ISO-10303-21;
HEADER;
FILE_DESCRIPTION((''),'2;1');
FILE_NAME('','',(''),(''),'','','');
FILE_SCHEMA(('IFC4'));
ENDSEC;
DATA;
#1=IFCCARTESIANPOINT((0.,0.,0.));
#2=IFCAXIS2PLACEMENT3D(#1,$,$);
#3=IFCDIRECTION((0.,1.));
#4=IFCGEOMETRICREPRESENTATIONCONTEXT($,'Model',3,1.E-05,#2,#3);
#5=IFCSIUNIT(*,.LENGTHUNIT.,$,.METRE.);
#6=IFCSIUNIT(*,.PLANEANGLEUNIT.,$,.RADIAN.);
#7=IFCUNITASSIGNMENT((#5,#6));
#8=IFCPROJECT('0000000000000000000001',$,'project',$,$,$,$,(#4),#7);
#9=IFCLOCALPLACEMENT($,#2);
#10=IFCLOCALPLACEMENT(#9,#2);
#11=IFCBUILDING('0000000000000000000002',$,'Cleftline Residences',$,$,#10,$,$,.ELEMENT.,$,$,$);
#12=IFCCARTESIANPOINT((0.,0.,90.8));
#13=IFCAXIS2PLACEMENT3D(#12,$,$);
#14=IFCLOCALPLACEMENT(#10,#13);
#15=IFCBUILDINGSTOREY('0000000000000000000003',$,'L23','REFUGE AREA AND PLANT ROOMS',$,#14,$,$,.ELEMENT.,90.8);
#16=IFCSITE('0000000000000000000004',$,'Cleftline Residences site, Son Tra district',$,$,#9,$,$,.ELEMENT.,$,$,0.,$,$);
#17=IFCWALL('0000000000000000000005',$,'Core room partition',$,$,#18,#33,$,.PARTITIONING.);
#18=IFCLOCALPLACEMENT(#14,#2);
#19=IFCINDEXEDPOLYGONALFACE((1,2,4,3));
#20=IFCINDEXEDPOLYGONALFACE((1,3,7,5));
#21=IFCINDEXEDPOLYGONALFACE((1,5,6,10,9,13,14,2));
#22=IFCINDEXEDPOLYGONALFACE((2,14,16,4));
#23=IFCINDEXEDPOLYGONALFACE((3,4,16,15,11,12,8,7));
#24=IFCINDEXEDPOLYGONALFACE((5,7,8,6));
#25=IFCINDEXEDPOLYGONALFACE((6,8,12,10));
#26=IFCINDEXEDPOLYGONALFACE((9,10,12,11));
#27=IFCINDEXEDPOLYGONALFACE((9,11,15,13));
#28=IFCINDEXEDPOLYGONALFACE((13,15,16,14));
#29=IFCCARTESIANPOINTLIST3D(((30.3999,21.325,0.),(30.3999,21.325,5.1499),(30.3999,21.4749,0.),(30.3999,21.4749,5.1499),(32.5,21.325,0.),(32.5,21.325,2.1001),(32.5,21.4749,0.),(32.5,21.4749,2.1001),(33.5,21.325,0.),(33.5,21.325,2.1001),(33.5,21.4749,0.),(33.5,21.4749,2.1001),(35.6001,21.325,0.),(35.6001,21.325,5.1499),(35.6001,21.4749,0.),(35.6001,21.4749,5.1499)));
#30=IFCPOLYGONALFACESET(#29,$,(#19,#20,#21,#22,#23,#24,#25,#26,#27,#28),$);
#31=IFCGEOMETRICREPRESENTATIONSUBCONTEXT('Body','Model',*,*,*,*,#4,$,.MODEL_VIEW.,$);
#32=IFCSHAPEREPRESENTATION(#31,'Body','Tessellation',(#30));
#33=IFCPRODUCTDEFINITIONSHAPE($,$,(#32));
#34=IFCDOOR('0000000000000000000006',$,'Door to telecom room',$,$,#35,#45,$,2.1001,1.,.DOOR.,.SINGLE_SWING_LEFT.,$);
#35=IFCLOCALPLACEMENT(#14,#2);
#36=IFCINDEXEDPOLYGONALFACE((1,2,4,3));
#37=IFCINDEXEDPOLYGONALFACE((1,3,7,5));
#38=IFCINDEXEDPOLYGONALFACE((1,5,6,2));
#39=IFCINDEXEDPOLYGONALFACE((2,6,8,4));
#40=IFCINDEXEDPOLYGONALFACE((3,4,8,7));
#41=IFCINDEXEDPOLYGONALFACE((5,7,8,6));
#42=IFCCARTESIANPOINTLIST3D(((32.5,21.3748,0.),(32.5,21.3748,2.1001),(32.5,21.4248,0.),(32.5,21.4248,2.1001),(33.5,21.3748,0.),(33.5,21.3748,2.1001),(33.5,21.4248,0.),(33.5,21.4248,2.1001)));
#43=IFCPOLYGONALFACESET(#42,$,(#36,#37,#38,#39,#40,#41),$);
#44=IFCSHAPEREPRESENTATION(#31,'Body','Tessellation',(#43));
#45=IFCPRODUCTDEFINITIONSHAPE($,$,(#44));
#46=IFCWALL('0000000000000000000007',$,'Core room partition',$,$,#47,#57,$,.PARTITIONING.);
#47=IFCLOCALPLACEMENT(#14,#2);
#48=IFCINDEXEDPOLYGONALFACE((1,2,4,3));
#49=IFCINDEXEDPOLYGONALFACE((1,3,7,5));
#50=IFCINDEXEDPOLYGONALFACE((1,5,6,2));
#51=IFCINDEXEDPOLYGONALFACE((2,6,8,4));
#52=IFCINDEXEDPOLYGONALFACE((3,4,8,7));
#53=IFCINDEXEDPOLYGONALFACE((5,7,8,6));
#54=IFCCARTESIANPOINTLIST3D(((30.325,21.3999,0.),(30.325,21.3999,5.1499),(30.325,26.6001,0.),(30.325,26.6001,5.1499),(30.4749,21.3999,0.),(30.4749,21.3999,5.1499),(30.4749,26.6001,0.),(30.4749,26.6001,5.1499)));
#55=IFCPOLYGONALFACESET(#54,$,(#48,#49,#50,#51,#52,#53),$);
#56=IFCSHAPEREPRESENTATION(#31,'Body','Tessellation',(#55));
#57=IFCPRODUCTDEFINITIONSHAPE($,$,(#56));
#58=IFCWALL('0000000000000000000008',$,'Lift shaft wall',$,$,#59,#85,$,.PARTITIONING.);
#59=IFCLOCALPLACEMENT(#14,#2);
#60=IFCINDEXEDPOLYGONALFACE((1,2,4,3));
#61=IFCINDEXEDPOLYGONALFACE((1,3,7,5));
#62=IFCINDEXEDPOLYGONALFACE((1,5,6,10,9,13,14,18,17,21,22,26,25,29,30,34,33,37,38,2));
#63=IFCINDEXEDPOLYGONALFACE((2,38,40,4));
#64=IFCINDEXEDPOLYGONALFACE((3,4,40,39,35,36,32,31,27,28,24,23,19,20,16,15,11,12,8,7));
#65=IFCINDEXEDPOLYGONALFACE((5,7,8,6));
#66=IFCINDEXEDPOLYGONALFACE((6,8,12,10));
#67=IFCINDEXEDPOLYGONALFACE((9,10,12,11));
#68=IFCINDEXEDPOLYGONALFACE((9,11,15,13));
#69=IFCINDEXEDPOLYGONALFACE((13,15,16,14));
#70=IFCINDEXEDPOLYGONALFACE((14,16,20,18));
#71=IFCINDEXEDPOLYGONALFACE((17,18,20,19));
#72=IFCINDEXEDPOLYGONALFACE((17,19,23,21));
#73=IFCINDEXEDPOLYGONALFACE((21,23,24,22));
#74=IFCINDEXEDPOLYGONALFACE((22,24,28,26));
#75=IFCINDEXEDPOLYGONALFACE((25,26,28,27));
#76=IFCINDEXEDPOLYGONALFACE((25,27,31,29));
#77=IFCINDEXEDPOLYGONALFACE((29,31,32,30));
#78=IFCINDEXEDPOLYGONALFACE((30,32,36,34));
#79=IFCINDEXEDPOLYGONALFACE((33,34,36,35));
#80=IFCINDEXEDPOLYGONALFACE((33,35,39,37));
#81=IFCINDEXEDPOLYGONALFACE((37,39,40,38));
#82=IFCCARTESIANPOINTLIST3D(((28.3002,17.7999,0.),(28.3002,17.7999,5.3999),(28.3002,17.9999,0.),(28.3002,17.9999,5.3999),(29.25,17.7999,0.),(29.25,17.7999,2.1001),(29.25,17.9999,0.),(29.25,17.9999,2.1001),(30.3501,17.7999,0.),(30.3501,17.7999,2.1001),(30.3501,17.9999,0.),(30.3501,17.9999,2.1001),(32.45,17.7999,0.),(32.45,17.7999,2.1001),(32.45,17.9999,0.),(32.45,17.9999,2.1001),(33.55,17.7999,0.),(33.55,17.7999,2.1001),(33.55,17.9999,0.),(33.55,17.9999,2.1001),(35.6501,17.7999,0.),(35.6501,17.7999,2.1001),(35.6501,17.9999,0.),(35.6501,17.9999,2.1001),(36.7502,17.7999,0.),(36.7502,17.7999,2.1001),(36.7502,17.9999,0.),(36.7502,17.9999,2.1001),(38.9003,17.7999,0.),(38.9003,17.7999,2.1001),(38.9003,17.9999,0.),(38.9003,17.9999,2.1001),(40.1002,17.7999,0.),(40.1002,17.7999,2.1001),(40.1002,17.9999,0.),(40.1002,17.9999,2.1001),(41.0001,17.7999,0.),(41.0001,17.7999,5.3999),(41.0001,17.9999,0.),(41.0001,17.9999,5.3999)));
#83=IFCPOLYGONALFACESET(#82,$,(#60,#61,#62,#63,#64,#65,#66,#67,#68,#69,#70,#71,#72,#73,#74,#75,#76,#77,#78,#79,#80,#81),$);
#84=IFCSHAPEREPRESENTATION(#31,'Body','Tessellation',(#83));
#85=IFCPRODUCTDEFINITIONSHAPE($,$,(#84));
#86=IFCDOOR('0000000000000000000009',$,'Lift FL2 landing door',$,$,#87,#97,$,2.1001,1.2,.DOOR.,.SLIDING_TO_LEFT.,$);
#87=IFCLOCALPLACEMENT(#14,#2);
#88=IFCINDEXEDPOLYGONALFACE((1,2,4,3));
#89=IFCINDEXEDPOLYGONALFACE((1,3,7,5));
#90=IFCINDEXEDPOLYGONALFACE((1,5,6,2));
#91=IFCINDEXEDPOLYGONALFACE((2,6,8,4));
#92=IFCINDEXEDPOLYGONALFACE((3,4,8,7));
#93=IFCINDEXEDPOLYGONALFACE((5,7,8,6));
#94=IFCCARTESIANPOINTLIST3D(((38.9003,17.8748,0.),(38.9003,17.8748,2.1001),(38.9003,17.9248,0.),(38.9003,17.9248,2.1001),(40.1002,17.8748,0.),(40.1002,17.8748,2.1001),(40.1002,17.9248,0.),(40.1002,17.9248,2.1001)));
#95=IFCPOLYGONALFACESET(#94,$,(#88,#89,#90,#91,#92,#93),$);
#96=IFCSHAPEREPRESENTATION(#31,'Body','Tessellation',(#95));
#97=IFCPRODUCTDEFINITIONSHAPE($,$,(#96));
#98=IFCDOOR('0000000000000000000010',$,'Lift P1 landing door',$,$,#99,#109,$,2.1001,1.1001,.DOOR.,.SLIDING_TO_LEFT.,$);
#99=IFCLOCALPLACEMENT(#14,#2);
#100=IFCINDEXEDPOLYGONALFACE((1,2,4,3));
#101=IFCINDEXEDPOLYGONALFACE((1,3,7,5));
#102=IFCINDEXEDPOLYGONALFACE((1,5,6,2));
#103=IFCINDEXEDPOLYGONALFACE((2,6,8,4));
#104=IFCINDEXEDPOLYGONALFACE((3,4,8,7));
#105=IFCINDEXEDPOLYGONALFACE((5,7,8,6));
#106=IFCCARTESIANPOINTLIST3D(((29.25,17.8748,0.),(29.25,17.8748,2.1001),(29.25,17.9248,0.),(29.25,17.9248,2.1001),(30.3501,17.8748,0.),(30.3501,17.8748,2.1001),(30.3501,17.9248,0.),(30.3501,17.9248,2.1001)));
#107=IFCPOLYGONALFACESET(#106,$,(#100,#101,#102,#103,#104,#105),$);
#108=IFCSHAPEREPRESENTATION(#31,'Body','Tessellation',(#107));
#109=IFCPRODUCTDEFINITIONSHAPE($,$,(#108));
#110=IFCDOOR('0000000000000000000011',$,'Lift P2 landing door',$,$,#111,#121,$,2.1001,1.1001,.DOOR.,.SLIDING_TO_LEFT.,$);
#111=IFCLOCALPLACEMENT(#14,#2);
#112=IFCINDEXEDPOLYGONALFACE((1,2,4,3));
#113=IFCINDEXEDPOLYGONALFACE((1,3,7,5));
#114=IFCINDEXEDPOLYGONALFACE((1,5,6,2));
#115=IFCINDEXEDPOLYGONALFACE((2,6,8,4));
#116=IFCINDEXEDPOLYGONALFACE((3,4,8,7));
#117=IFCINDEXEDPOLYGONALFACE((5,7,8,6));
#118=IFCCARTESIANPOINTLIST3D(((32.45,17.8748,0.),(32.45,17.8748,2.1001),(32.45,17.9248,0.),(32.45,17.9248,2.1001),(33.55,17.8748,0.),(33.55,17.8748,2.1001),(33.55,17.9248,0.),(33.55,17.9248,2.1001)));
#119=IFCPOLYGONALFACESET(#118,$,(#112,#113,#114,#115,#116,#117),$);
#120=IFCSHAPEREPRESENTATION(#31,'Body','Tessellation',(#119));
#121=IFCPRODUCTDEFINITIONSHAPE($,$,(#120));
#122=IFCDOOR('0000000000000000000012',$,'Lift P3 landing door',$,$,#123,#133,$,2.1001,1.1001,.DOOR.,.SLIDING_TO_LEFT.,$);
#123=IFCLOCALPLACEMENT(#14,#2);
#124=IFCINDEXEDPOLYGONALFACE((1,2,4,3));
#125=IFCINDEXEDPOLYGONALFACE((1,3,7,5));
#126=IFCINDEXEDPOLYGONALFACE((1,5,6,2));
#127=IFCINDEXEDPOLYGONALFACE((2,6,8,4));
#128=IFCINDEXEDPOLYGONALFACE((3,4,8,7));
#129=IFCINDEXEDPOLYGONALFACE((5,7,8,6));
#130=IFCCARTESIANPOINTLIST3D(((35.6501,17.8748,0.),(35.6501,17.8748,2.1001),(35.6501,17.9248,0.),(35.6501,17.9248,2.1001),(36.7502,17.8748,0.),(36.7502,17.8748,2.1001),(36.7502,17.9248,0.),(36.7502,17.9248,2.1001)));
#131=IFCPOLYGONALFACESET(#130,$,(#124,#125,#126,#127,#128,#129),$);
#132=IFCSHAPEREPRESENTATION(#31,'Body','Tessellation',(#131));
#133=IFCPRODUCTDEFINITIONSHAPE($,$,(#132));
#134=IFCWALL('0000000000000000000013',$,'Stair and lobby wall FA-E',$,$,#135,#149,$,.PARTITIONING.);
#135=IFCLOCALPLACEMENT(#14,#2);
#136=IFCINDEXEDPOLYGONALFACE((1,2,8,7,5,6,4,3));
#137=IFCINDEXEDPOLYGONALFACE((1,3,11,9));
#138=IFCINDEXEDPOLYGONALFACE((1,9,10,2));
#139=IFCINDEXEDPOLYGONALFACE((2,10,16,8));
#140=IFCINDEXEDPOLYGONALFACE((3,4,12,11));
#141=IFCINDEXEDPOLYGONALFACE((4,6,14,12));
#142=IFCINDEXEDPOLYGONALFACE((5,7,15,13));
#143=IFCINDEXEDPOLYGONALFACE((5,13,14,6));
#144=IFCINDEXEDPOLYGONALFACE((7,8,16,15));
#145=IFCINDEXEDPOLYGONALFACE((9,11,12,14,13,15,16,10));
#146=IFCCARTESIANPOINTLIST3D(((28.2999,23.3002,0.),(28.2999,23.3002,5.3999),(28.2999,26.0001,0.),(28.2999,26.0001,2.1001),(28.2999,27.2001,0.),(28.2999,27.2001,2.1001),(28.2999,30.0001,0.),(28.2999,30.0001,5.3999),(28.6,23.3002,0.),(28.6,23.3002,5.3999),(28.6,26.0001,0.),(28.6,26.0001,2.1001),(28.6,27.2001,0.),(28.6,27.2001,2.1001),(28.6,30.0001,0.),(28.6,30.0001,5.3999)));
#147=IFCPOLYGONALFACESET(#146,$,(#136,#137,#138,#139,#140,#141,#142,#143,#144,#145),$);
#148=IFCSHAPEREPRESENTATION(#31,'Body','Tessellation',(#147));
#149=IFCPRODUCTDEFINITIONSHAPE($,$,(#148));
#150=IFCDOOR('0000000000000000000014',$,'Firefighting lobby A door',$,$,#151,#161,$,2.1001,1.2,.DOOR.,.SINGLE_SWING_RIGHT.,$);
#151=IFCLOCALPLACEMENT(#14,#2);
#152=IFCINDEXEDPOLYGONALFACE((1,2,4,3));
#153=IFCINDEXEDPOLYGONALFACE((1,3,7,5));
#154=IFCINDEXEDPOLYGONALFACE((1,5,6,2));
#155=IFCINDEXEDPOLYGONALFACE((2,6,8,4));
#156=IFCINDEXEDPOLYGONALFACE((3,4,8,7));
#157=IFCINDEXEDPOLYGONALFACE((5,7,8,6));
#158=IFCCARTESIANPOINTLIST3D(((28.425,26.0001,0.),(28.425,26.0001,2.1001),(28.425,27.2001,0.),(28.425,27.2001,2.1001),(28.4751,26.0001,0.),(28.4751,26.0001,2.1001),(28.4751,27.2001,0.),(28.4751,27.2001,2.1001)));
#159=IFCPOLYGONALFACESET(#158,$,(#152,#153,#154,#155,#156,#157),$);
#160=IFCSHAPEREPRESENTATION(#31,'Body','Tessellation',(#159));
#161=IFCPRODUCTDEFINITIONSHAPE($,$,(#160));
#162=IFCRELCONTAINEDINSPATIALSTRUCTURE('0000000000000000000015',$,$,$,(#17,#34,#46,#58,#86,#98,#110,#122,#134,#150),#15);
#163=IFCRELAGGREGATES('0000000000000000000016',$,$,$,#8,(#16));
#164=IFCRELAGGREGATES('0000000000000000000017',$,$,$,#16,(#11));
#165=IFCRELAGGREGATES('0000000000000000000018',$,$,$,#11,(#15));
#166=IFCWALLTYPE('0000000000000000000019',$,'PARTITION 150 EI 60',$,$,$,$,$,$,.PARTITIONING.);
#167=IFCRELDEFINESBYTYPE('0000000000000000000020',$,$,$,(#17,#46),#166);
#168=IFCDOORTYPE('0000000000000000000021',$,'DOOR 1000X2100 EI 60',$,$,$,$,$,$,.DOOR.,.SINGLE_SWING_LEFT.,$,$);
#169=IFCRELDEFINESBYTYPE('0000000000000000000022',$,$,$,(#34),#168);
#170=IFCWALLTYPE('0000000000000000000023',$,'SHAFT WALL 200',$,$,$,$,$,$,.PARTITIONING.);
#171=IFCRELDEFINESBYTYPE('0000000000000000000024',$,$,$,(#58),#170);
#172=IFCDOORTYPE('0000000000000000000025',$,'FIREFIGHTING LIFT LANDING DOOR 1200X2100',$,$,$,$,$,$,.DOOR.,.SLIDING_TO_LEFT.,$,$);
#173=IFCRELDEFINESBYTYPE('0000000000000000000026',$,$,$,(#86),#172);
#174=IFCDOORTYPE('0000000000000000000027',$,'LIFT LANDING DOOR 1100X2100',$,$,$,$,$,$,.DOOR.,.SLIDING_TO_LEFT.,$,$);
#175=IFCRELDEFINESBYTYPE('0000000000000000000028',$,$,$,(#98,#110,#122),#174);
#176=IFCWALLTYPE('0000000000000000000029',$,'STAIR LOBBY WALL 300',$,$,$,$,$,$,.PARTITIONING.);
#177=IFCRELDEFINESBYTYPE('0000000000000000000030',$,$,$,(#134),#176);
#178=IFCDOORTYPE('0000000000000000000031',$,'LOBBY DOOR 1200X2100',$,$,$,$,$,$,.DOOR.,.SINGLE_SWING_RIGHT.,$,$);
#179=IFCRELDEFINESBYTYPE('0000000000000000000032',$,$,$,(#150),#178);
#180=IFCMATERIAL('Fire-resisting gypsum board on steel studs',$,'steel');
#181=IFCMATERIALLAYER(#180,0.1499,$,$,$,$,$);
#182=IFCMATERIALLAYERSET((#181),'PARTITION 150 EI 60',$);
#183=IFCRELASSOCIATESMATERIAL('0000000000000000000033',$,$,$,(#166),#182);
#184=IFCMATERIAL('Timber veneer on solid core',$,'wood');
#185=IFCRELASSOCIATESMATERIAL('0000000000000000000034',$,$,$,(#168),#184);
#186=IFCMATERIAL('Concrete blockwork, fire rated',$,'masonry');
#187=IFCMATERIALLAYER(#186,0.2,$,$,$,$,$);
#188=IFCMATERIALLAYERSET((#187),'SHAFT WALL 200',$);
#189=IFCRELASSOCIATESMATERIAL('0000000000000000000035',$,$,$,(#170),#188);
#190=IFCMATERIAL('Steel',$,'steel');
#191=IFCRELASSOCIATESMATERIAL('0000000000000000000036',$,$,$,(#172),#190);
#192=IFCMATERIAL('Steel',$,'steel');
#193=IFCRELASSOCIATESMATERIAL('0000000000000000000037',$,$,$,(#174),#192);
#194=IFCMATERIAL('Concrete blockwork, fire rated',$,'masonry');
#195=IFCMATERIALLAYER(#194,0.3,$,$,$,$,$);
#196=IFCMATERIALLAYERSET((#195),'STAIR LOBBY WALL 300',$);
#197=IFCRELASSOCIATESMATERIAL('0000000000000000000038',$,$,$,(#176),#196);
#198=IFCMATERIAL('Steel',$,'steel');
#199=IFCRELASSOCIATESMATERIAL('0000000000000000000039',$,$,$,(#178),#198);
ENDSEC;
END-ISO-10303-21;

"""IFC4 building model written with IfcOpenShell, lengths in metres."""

from ifc_helpers import new_model, si_unit, direction, frame, frame_2d, origin, place, context, subcontext, project, spatial, rectangle, extrude, material, layer, layer_set, type_object, element, fill, save


model = new_model("IFC4")

# Units and contexts
model_context = context("Model", 3, precision=1e-05, world=origin(), true_north=direction((0.0, 1.0)))
body_context = subcontext(model_context, "Body", "Model", "MODEL_VIEW")
ifc_project = project(units=[si_unit("LENGTHUNIT", "METRE"), si_unit("PLANEANGLEUNIT", "RADIAN")], contexts=[model_context])

# Site, building, storey
site_placement = place(None, origin())
site = spatial("IfcSite", under=ifc_project, at=site_placement, Name="Cleftline Residences site, Son Tra district", CompositionType="ELEMENT", RefElevation=0.0)
building_placement = place(site_placement, origin())
building = spatial("IfcBuilding", under=site, at=building_placement, Name="Cleftline Residences", CompositionType="ELEMENT")
storey_placement = place(building_placement, frame((0.0, 0.0, 90.8)))
storey = spatial("IfcBuildingStorey", under=building, at=storey_placement, Name="L23", Description="REFUGE AREA AND PLANT ROOMS", CompositionType="ELEMENT", Elevation=90.8)

# Wall, opening, door
ifc_material_1 = material(Name="Fire-resisting gypsum board on steel studs", Category="steel")
ifc_layer_1 = layer(ifc_material_1, 0.1499)
ifc_layer_set_1 = layer_set([ifc_layer_1], Name="PARTITION 150 EI 60")
wall_type_1 = type_object("IfcWallType", Name="PARTITION 150 EI 60", PredefinedType="PARTITIONING", material=ifc_layer_set_1)
wall_1_placement = place(storey_placement, frame((30.3999, 21.3999, 0.0), z_axis=(0.0, 0.0, 1.0), x_axis=(1.0, 0.0, 0.0)))
wall_1 = element("IfcWall", 1, at=wall_1_placement, inside=storey, type_object=wall_type_1, Name="Core room partition", PredefinedType="PARTITIONING", context=body_context, shape_type="SweptSolid", body=[
    extrude(rectangle(XDim=5.2002, YDim=0.1499, at=frame_2d((2.6001, 0.0))), origin(), (0.0, 0.0, 1.0), 5.1499),
])
opening_1_placement = place(wall_1_placement, frame((2.1001, 0.0, 0.0)))
opening_1 = element("IfcOpeningElement", 2, at=opening_1_placement, cuts=wall_1, PredefinedType="OPENING", context=body_context, shape_type="SweptSolid", body=[
    extrude(rectangle(XDim=1.0, YDim=2.1001, at=frame_2d((0.5, 1.05))), frame((0.0, 0.085, 0.0), z_axis=(0.0, -1.0, 0.0), x_axis=(1.0, 0.0, 0.0)), (0.0, 0.0, 1.0), 0.1699),
])
ifc_material_2 = material(Name="Timber veneer on solid core", Category="wood")
door_type_1 = type_object("IfcDoorType", Name="DOOR 1000X2100 EI 60", OperationType="SINGLE_SWING_LEFT", PredefinedType="DOOR", material=ifc_material_2)
door_1_placement = place(opening_1_placement, origin())
door_1 = element("IfcDoor", 3, at=door_1_placement, inside=storey, type_object=door_type_1, Name="Door to telecom room", OperationType="SINGLE_SWING_LEFT", OverallHeight=2.1001, OverallWidth=1.0, PredefinedType="DOOR", context=body_context, shape_type="SweptSolid", body=[
    extrude(rectangle(XDim=1.0, YDim=2.1001, at=frame_2d((0.5, 1.05))), frame((0.0, 0.0249, 0.0), z_axis=(0.0, -1.0, 0.0), x_axis=(1.0, 0.0, 0.0)), (0.0, 0.0, 1.0), 0.05),
])
fill(opening_1, door_1)

# Wall
wall_2_placement = place(storey_placement, frame((30.3999, 21.3999, 0.0), z_axis=(0.0, 0.0, 1.0), x_axis=(0.0, 1.0, 0.0)))
element("IfcWall", 4, at=wall_2_placement, inside=storey, type_object=wall_type_1, Name="Core room partition", PredefinedType="PARTITIONING", context=body_context, shape_type="SweptSolid", body=[
    extrude(rectangle(XDim=5.2002, YDim=0.1499, at=frame_2d((2.6001, 0.0))), origin(), (0.0, 0.0, 1.0), 5.1499),
])

# Wall, openings, doors
ifc_material_3 = material(Name="Concrete blockwork, fire rated", Category="masonry")
ifc_layer_2 = layer(ifc_material_3, 0.2)
ifc_layer_set_2 = layer_set([ifc_layer_2], Name="SHAFT WALL 200")
wall_type_2 = type_object("IfcWallType", Name="SHAFT WALL 200", PredefinedType="PARTITIONING", material=ifc_layer_set_2)
wall_3_placement = place(storey_placement, frame((28.3, 17.8999, 0.0), z_axis=(0.0, 0.0, 1.0), x_axis=(1.0, 0.0, 0.0)))
wall_3 = element("IfcWall", 5, at=wall_3_placement, inside=storey, type_object=wall_type_2, Name="Lift shaft wall", PredefinedType="PARTITIONING", context=body_context, shape_type="SweptSolid", body=[
    extrude(rectangle(XDim=12.7, YDim=0.2, at=frame_2d((6.3501, 0.0))), origin(), (0.0, 0.0, 1.0), 5.3999),
])
opening_2_placement = place(wall_3_placement, frame((0.95, 0.0, 0.0)))
opening_2 = element("IfcOpeningElement", 6, at=opening_2_placement, cuts=wall_3, PredefinedType="OPENING", context=body_context, shape_type="SweptSolid", body=[
    extrude(rectangle(XDim=1.1001, YDim=2.1001, at=frame_2d((0.55, 1.05))), frame((0.0, 0.1099, 0.0), z_axis=(0.0, -1.0, 0.0), x_axis=(1.0, 0.0, 0.0)), (0.0, 0.0, 1.0), 0.22),
])
opening_3_placement = place(wall_3_placement, frame((4.1499, 0.0, 0.0)))
opening_3 = element("IfcOpeningElement", 7, at=opening_3_placement, cuts=wall_3, PredefinedType="OPENING", context=body_context, shape_type="SweptSolid", body=[
    extrude(rectangle(XDim=1.1001, YDim=2.1001, at=frame_2d((0.55, 1.05))), frame((0.0, 0.1099, 0.0), z_axis=(0.0, -1.0, 0.0), x_axis=(1.0, 0.0, 0.0)), (0.0, 0.0, 1.0), 0.22),
])
opening_4_placement = place(wall_3_placement, frame((7.3501, 0.0, 0.0)))
opening_4 = element("IfcOpeningElement", 8, at=opening_4_placement, cuts=wall_3, PredefinedType="OPENING", context=body_context, shape_type="SweptSolid", body=[
    extrude(rectangle(XDim=1.1001, YDim=2.1001, at=frame_2d((0.55, 1.05))), frame((0.0, 0.1099, 0.0), z_axis=(0.0, -1.0, 0.0), x_axis=(1.0, 0.0, 0.0)), (0.0, 0.0, 1.0), 0.22),
])
opening_5_placement = place(wall_3_placement, frame((10.6001, 0.0, 0.0)))
opening_5 = element("IfcOpeningElement", 9, at=opening_5_placement, cuts=wall_3, PredefinedType="OPENING", context=body_context, shape_type="SweptSolid", body=[
    extrude(rectangle(XDim=1.2, YDim=2.1001, at=frame_2d((0.6001, 1.05))), frame((0.0, 0.1099, 0.0), z_axis=(0.0, -1.0, 0.0), x_axis=(1.0, 0.0, 0.0)), (0.0, 0.0, 1.0), 0.22),
])
ifc_material_4 = material(Name="Steel", Category="steel")
door_type_2 = type_object("IfcDoorType", Name="FIREFIGHTING LIFT LANDING DOOR 1200X2100", OperationType="SLIDING_TO_LEFT", PredefinedType="DOOR", material=ifc_material_4)
door_2_placement = place(opening_5_placement, origin())
door_2 = element("IfcDoor", 10, at=door_2_placement, inside=storey, type_object=door_type_2, Name="Lift FL2 landing door", OperationType="SLIDING_TO_LEFT", OverallHeight=2.1001, OverallWidth=1.2, PredefinedType="DOOR", context=body_context, shape_type="SweptSolid", body=[
    extrude(rectangle(XDim=1.2, YDim=2.1001, at=frame_2d((0.6001, 1.05))), frame((0.0, 0.0249, 0.0), z_axis=(0.0, -1.0, 0.0), x_axis=(1.0, 0.0, 0.0)), (0.0, 0.0, 1.0), 0.05),
])
fill(opening_5, door_2)
ifc_material_5 = material(Name="Steel", Category="steel")
door_type_3 = type_object("IfcDoorType", Name="LIFT LANDING DOOR 1100X2100", OperationType="SLIDING_TO_LEFT", PredefinedType="DOOR", material=ifc_material_5)
door_3_placement = place(opening_2_placement, origin())
door_3 = element("IfcDoor", 11, at=door_3_placement, inside=storey, type_object=door_type_3, Name="Lift P1 landing door", OperationType="SLIDING_TO_LEFT", OverallHeight=2.1001, OverallWidth=1.1001, PredefinedType="DOOR", context=body_context, shape_type="SweptSolid", body=[
    extrude(rectangle(XDim=1.1001, YDim=2.1001, at=frame_2d((0.55, 1.05))), frame((0.0, 0.0249, 0.0), z_axis=(0.0, -1.0, 0.0), x_axis=(1.0, 0.0, 0.0)), (0.0, 0.0, 1.0), 0.05),
])
fill(opening_2, door_3)
door_4_placement = place(opening_3_placement, origin())
door_4 = element("IfcDoor", 12, at=door_4_placement, inside=storey, type_object=door_type_3, Name="Lift P2 landing door", OperationType="SLIDING_TO_LEFT", OverallHeight=2.1001, OverallWidth=1.1001, PredefinedType="DOOR", context=body_context, shape_type="SweptSolid", body=[
    extrude(rectangle(XDim=1.1001, YDim=2.1001, at=frame_2d((0.55, 1.05))), frame((0.0, 0.0249, 0.0), z_axis=(0.0, -1.0, 0.0), x_axis=(1.0, 0.0, 0.0)), (0.0, 0.0, 1.0), 0.05),
])
fill(opening_3, door_4)
door_5_placement = place(opening_4_placement, origin())
door_5 = element("IfcDoor", 13, at=door_5_placement, inside=storey, type_object=door_type_3, Name="Lift P3 landing door", OperationType="SLIDING_TO_LEFT", OverallHeight=2.1001, OverallWidth=1.1001, PredefinedType="DOOR", context=body_context, shape_type="SweptSolid", body=[
    extrude(rectangle(XDim=1.1001, YDim=2.1001, at=frame_2d((0.55, 1.05))), frame((0.0, 0.0249, 0.0), z_axis=(0.0, -1.0, 0.0), x_axis=(1.0, 0.0, 0.0)), (0.0, 0.0, 1.0), 0.05),
])
fill(opening_4, door_5)

# Wall, opening, door
ifc_material_6 = material(Name="Concrete blockwork, fire rated", Category="masonry")
ifc_layer_3 = layer(ifc_material_6, 0.3)
ifc_layer_set_3 = layer_set([ifc_layer_3], Name="STAIR LOBBY WALL 300")
wall_type_3 = type_object("IfcWallType", Name="STAIR LOBBY WALL 300", PredefinedType="PARTITIONING", material=ifc_layer_set_3)
wall_4_placement = place(storey_placement, frame((28.45, 23.3, 0.0), z_axis=(0.0, 0.0, 1.0), x_axis=(0.0, 1.0, 0.0)))
wall_4 = element("IfcWall", 14, at=wall_4_placement, inside=storey, type_object=wall_type_3, Name="Stair and lobby wall FA-E", PredefinedType="PARTITIONING", context=body_context, shape_type="SweptSolid", body=[
    extrude(rectangle(XDim=6.7, YDim=0.3, at=frame_2d((3.3501, 0.0))), origin(), (0.0, 0.0, 1.0), 5.3999),
])
opening_6_placement = place(wall_4_placement, frame((2.7, 0.0, 0.0)))
opening_6 = element("IfcOpeningElement", 15, at=opening_6_placement, cuts=wall_4, PredefinedType="OPENING", context=body_context, shape_type="SweptSolid", body=[
    extrude(rectangle(XDim=1.2, YDim=2.1001, at=frame_2d((0.6001, 1.05))), frame((0.0, 0.1599, 0.0), z_axis=(0.0, -1.0, 0.0), x_axis=(1.0, 0.0, 0.0)), (0.0, 0.0, 1.0), 0.3201),
])
ifc_material_7 = material(Name="Steel", Category="steel")
door_type_4 = type_object("IfcDoorType", Name="LOBBY DOOR 1200X2100", OperationType="SINGLE_SWING_RIGHT", PredefinedType="DOOR", material=ifc_material_7)
door_6_placement = place(opening_6_placement, origin())
door_6 = element("IfcDoor", 16, at=door_6_placement, inside=storey, type_object=door_type_4, Name="Firefighting lobby A door", OperationType="SINGLE_SWING_RIGHT", OverallHeight=2.1001, OverallWidth=1.2, PredefinedType="DOOR", context=body_context, shape_type="SweptSolid", body=[
    extrude(rectangle(XDim=1.2, YDim=2.1001, at=frame_2d((0.6001, 1.05))), frame((0.0, 0.0249, 0.0), z_axis=(0.0, -1.0, 0.0), x_axis=(1.0, 0.0, 0.0)), (0.0, 0.0, 1.0), 0.05),
])
fill(opening_6, door_6)

save(model, "model.ifc")
